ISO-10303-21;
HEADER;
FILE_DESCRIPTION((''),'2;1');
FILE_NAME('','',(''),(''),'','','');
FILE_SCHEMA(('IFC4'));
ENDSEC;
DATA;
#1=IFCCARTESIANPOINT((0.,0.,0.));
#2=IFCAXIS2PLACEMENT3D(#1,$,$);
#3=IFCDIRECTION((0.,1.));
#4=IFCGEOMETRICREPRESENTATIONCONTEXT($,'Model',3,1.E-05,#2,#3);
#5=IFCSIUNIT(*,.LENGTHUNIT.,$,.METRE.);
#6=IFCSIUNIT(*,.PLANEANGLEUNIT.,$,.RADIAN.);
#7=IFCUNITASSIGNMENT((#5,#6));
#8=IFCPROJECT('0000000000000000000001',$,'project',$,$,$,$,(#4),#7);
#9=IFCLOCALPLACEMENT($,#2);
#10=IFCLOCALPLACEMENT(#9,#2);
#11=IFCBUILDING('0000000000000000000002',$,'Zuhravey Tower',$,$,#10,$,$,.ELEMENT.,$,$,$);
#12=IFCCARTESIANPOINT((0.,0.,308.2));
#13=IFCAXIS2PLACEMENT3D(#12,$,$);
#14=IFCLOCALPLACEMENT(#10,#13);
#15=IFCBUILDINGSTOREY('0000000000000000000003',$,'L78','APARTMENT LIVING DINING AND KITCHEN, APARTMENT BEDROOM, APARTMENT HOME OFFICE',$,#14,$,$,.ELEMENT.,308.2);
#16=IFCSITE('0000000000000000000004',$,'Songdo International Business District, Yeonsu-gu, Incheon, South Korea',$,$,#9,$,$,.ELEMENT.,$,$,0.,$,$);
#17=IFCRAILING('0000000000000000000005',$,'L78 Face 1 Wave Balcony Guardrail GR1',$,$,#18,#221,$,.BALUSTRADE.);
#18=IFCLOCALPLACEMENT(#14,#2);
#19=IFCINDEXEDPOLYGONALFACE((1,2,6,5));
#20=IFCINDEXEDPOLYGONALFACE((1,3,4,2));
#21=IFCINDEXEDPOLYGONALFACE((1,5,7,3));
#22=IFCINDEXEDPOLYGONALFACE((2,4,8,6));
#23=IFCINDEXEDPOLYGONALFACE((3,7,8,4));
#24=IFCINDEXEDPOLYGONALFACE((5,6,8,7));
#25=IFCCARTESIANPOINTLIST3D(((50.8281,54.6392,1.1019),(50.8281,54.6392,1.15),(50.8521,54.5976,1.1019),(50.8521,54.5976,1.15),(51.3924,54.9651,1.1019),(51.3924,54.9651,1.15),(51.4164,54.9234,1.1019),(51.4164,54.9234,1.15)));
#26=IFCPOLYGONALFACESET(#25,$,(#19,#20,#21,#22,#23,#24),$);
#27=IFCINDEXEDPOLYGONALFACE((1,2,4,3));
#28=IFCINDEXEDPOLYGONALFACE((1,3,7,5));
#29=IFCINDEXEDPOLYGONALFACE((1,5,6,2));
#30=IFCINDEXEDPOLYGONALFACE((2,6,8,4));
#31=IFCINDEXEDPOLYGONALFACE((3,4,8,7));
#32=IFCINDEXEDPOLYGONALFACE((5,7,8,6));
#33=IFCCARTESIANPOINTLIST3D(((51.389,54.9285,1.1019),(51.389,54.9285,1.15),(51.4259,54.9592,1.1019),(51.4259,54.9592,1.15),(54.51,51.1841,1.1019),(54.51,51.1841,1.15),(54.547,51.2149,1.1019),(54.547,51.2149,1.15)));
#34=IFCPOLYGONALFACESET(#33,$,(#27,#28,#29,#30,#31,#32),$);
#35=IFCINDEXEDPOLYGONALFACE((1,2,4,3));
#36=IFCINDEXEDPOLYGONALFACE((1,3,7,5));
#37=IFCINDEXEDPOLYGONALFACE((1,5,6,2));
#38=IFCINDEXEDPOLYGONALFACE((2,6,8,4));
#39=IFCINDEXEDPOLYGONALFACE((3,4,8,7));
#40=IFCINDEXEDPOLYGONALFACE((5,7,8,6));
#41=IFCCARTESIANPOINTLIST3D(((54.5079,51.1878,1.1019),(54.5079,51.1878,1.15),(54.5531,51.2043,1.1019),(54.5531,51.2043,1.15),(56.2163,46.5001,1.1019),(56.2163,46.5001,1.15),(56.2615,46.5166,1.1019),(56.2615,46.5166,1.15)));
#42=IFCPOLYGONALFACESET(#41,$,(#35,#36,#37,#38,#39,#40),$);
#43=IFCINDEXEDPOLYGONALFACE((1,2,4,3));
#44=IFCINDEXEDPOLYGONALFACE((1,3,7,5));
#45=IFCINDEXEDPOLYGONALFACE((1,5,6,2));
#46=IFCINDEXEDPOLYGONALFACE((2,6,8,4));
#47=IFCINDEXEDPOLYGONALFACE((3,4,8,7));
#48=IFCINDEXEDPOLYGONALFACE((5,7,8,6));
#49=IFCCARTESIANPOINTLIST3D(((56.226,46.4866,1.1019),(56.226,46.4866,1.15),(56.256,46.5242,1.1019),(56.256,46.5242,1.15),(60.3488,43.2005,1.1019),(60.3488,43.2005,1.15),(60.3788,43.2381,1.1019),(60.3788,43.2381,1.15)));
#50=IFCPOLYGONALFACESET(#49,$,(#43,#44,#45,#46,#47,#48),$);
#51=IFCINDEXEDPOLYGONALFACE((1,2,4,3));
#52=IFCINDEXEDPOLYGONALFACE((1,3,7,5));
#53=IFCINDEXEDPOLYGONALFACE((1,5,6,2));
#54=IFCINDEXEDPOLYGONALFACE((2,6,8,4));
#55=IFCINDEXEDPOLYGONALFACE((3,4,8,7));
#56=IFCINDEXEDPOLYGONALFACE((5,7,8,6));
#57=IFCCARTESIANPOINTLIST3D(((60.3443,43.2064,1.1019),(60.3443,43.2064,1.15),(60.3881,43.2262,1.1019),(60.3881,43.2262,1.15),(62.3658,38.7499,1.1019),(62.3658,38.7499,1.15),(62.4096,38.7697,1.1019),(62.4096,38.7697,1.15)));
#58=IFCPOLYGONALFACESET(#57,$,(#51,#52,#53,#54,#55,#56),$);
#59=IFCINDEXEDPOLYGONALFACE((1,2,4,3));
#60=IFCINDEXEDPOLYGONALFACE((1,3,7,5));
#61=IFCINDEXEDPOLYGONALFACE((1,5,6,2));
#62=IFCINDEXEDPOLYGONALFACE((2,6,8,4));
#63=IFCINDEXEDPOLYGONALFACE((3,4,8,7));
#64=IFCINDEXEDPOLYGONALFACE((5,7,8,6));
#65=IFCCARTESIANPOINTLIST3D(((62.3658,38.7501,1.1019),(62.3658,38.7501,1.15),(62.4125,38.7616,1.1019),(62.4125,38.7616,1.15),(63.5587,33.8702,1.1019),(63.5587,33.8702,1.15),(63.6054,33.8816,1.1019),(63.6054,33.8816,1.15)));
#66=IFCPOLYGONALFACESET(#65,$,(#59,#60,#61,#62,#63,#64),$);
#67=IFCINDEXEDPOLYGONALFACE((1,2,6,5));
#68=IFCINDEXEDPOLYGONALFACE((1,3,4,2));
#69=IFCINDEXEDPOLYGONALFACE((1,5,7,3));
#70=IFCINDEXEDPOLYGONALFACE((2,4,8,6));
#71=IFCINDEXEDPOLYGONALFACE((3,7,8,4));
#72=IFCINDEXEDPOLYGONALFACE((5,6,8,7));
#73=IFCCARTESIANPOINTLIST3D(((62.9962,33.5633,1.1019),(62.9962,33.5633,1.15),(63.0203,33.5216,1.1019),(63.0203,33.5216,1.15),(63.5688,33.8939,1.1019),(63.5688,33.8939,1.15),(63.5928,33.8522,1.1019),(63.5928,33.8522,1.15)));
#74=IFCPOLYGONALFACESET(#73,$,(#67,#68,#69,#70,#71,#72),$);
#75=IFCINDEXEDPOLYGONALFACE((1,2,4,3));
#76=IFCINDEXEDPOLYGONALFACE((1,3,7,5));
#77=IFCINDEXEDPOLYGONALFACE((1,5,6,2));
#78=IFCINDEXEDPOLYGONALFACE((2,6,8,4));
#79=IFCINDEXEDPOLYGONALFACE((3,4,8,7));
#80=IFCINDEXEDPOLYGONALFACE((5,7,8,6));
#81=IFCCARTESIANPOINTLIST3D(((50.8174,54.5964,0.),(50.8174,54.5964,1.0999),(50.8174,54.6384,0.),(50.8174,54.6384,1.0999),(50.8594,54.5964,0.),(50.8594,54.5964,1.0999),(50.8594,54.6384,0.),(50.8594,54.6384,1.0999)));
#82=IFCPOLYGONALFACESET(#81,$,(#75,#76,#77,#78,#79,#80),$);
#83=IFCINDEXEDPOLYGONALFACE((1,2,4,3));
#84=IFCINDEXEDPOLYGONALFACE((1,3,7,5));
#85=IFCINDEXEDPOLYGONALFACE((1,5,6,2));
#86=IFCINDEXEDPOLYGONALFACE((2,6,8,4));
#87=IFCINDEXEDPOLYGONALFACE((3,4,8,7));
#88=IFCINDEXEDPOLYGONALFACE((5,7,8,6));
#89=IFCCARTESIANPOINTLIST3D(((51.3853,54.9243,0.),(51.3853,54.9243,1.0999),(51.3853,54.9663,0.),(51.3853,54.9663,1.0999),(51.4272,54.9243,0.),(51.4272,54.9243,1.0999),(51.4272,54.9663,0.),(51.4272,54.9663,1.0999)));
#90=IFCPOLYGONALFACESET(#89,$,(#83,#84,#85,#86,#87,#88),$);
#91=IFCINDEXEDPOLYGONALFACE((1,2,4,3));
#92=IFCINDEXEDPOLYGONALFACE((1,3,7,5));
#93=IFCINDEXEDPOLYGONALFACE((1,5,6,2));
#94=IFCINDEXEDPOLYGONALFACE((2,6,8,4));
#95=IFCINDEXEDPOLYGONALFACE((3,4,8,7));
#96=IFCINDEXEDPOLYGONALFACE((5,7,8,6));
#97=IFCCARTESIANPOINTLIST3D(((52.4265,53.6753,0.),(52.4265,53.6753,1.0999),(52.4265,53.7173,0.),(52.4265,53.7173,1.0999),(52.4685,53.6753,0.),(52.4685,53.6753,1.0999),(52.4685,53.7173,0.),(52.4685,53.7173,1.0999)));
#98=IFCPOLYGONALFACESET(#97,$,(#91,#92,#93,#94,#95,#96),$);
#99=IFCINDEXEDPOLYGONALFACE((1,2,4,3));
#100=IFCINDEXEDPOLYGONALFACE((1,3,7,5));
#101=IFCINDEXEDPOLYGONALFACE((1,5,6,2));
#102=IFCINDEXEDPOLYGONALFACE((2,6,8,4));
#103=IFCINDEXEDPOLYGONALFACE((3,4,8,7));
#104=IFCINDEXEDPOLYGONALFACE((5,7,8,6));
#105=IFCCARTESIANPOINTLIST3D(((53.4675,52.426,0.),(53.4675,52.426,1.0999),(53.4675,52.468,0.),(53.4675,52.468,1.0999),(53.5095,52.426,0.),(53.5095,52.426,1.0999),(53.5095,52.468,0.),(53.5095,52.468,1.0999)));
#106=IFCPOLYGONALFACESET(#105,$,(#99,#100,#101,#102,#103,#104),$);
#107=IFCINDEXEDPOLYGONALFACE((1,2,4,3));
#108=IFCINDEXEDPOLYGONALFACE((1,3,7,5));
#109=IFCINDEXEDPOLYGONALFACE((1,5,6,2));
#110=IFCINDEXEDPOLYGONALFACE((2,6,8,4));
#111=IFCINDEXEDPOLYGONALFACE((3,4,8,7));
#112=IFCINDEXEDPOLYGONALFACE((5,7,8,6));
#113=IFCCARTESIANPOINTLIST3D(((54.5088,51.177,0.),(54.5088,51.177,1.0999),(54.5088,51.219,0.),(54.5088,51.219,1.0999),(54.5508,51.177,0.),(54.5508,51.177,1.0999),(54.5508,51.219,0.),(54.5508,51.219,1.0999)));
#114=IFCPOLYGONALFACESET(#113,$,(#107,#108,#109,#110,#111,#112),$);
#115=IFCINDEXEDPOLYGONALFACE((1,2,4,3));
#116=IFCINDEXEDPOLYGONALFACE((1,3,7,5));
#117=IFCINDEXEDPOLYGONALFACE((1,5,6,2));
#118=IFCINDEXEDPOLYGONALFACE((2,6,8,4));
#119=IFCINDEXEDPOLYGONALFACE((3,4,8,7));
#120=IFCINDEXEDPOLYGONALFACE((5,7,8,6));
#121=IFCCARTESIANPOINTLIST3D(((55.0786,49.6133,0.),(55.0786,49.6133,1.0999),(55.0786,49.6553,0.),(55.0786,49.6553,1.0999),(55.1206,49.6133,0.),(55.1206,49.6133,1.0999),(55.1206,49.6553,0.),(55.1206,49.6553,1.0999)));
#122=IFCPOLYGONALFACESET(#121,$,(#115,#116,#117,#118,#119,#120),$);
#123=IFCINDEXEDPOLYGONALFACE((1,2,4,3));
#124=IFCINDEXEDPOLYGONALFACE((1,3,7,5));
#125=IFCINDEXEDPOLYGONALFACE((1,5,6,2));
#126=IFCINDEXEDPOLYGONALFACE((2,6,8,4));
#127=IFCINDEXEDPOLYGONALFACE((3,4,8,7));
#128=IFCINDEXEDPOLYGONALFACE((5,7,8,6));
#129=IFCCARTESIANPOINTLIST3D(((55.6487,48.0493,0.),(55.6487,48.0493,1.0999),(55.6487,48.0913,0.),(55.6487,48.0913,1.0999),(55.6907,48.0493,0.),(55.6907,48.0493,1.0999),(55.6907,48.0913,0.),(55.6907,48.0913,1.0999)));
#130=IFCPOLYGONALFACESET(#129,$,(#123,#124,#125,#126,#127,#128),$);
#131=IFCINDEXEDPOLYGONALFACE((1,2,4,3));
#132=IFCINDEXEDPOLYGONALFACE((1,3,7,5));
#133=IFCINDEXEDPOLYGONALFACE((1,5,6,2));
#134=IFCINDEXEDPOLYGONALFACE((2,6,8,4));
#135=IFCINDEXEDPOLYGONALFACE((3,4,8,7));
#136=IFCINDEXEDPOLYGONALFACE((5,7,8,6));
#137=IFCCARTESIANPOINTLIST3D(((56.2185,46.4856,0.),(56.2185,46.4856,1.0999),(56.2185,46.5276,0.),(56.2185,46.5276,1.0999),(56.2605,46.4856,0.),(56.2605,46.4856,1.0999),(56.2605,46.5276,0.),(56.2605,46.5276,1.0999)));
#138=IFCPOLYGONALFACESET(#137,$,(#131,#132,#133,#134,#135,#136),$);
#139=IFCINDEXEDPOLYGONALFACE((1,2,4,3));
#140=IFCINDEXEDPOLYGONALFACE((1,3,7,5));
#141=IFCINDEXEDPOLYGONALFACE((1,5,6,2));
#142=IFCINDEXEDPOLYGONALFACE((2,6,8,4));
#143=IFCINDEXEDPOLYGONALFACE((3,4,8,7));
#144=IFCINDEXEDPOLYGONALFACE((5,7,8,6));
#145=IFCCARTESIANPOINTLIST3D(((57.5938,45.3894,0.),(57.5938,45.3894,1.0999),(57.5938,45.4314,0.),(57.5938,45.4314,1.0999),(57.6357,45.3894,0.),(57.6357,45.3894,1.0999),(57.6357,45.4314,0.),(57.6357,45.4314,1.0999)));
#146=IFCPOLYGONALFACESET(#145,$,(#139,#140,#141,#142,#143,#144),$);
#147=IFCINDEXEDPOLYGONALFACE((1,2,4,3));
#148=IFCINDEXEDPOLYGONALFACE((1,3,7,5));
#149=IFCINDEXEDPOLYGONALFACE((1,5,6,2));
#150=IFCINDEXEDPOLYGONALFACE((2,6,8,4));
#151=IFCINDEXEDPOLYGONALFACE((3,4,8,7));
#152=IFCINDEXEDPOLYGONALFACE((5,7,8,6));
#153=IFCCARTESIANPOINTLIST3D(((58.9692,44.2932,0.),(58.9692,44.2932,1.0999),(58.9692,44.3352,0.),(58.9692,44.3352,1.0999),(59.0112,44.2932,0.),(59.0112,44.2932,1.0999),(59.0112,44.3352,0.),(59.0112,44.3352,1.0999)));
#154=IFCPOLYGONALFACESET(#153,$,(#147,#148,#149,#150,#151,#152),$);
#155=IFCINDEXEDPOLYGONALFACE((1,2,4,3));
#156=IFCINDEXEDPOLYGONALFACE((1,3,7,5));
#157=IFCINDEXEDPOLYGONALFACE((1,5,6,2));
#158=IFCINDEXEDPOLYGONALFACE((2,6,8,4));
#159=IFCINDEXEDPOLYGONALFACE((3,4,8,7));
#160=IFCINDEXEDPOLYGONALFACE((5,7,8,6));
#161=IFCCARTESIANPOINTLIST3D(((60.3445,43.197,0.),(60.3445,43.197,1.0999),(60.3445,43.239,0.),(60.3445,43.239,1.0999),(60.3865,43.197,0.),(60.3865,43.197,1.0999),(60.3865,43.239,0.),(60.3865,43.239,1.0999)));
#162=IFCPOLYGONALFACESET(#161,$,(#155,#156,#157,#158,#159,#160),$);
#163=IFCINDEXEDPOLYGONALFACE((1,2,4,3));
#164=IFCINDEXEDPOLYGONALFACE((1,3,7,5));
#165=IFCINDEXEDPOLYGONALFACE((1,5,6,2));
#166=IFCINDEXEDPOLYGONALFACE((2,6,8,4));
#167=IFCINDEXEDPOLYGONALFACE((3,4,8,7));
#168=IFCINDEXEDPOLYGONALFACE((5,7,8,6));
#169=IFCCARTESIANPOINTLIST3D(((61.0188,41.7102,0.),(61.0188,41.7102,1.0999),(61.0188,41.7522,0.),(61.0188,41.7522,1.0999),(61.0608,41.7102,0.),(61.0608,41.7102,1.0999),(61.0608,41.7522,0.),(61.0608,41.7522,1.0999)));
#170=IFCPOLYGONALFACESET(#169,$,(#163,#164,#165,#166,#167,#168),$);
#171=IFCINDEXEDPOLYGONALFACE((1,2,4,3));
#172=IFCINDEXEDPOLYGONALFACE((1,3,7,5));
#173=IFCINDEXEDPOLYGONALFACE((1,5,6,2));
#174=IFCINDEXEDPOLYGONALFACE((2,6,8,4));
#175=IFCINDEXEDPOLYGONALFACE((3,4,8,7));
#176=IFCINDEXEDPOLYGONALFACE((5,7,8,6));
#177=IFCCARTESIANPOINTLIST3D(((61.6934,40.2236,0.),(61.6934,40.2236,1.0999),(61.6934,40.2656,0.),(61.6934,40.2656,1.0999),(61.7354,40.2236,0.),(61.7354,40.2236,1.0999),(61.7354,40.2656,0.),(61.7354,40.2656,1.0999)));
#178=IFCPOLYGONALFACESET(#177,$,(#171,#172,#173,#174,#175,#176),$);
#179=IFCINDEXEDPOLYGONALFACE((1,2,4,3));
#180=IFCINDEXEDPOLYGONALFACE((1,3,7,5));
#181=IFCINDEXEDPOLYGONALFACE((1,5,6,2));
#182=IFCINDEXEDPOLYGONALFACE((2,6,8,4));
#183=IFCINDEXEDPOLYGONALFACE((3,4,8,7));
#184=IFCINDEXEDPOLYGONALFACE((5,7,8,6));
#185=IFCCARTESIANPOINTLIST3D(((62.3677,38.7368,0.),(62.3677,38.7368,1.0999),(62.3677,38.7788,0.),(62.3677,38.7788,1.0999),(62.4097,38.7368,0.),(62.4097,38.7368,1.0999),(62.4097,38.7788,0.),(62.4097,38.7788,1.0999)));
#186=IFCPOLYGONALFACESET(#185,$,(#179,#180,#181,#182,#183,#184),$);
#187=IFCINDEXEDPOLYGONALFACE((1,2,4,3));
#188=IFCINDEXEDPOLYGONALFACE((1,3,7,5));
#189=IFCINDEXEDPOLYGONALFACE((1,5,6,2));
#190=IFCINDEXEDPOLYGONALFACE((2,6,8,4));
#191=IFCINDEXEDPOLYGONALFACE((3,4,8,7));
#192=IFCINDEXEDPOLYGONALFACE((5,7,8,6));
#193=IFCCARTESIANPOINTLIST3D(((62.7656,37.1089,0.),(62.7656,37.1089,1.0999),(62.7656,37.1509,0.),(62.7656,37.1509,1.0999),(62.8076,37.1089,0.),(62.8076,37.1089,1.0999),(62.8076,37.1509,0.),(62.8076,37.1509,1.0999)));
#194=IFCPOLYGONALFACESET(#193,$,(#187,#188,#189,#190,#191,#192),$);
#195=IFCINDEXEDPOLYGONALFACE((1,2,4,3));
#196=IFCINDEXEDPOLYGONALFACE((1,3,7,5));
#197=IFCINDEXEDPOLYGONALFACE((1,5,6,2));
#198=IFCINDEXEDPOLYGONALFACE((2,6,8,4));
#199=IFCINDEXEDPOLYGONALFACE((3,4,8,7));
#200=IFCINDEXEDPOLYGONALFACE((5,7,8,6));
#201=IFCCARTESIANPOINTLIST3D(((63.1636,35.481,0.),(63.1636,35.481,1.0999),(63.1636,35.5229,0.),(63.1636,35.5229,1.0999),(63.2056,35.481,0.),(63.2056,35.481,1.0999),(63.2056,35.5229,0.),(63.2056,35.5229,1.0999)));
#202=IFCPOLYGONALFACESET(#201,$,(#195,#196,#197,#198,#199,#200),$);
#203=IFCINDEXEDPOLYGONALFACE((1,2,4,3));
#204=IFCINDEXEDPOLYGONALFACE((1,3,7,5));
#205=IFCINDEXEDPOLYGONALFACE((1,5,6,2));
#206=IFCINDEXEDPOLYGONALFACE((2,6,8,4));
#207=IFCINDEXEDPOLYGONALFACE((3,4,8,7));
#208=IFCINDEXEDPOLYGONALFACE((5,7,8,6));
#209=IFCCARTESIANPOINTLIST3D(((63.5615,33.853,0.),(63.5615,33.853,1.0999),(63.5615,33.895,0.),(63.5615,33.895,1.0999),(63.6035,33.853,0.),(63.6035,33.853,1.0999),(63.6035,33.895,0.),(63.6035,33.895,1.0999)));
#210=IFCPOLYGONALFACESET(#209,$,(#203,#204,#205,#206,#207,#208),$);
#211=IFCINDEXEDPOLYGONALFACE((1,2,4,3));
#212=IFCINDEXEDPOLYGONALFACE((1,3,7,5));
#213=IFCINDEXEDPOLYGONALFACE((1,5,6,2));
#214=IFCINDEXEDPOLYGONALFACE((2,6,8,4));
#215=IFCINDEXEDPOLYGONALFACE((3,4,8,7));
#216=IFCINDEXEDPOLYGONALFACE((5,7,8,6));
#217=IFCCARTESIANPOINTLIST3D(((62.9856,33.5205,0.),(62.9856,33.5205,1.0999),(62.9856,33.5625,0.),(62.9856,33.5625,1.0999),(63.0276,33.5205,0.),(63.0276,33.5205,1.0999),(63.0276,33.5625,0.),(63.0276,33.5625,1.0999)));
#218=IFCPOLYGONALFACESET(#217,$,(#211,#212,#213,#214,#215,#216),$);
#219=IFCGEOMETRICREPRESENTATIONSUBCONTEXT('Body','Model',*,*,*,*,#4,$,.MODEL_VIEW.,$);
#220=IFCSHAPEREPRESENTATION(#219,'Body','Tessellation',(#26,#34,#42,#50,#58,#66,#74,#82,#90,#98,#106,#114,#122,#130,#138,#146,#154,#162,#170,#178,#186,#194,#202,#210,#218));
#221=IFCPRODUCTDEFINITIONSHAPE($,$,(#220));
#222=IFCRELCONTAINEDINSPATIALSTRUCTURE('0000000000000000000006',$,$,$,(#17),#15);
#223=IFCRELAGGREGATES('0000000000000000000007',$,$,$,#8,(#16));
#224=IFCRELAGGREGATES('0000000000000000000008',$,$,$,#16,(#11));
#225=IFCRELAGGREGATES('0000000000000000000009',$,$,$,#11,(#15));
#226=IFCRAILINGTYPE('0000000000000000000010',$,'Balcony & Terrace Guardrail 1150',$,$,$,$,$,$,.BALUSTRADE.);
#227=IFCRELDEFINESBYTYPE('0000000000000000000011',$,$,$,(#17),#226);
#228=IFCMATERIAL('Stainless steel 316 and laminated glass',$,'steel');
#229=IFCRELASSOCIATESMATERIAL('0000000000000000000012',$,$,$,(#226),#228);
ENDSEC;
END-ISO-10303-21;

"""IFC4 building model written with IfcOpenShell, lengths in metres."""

from ifc_helpers import new_model, si_unit, direction, frame, origin, origin_2d, place, context, subcontext, project, spatial, rectangle, extrude, material, type_object, element, save


model = new_model("IFC4")

# Units and contexts
model_context = context("Model", 3, precision=1e-05, world=origin(), true_north=direction((0.0, 1.0)))
body_context = subcontext(model_context, "Body", "Model", "MODEL_VIEW")
ifc_project = project(units=[si_unit("LENGTHUNIT", "METRE"), si_unit("PLANEANGLEUNIT", "RADIAN")], contexts=[model_context])

# Site, building, storey
site_placement = place(None, origin())
site = spatial("IfcSite", under=ifc_project, at=site_placement, Name="Songdo International Business District, Yeonsu-gu, Incheon, South Korea", CompositionType="ELEMENT", RefElevation=0.0)
building_placement = place(site_placement, origin())
building = spatial("IfcBuilding", under=site, at=building_placement, Name="Zuhravey Tower", CompositionType="ELEMENT")
storey_placement = place(building_placement, frame((0.0, 0.0, 308.2)))
storey = spatial("IfcBuildingStorey", under=building, at=storey_placement, Name="L78", Description="APARTMENT LIVING DINING AND KITCHEN, APARTMENT BEDROOM, APARTMENT HOME OFFICE", CompositionType="ELEMENT", Elevation=308.2)

# Railing
ifc_material_1 = material(Name="Stainless steel 316 and laminated glass", Category="steel")
railing_type = type_object("IfcRailingType", Name="Balcony & Terrace Guardrail 1150", PredefinedType="BALUSTRADE", material=ifc_material_1)
railing_placement = place(storey_placement, frame((50.8384, 54.6174, 0.0)))
element("IfcRailing", 1, at=railing_placement, inside=storey, type_object=railing_type, Name="L78 Face 1 Wave Balcony Guardrail GR1", PredefinedType="BALUSTRADE", context=body_context, shape_type="SweptSolid", body=[
    extrude(rectangle(XDim=0.0481, YDim=0.0481, at=origin_2d()), frame((0.0017, 0.001, 1.126), z_axis=(0.866012, 0.500023, 0.0), x_axis=(-0.500023, 0.866012, 0.0)), (0.0, 0.0, 1.0), 0.6516),
    extrude(rectangle(XDim=0.0481, YDim=0.0481, at=origin_2d()), frame((0.5691, 0.3264, 1.126), z_axis=(0.640278, -0.768143, 0.0), x_axis=(0.768143, 0.640278, 0.0)), (0.0, 0.0, 1.0), 4.8745),
    extrude(rectangle(XDim=0.0481, YDim=0.0481, at=origin_2d()), frame((3.6921, -3.4214, 1.126), z_axis=(0.342406, -0.939552, 0.0), x_axis=(0.939552, 0.342406, 0.0)), (0.0, 0.0, 1.0), 4.9893),
    extrude(rectangle(XDim=0.0481, YDim=0.0481, at=origin_2d()), frame((5.4026, -8.1121, 1.126), z_axis=(0.781996, -0.623283, 0.0), x_axis=(0.623283, 0.781996, 0.0)), (0.0, 0.0, 1.0), 5.2722),
    extrude(rectangle(XDim=0.0481, YDim=0.0481, at=origin_2d()), frame((9.5278, -11.4011, 1.126), z_axis=(0.413097, -0.910687, 0.0), x_axis=(0.910687, 0.413097, 0.0)), (0.0, 0.0, 1.0), 4.8936),
    extrude(rectangle(XDim=0.0481, YDim=0.0481, at=origin_2d()), frame((11.5508, -15.8616, 1.126), z_axis=(0.237459, -0.971398, 0.0), x_axis=(0.971398, 0.237459, 0.0)), (0.0, 0.0, 1.0), 5.0237),
    extrude(rectangle(XDim=0.0481, YDim=0.0481, at=origin_2d()), frame((12.7424, -20.7444, 1.126), z_axis=(-0.866021, -0.500008, 0.0), x_axis=(0.500008, -0.866021, 0.0)), (0.0, 0.0, 1.0), 0.6611),
    extrude(rectangle(XDim=0.042, YDim=0.042, at=origin_2d()), origin(), (0.0, 0.0, 1.0), 1.0999),
    extrude(rectangle(XDim=0.042, YDim=0.042, at=origin_2d()), frame((0.5679, 0.3279, 0.0)), (0.0, 0.0, 1.0), 1.0999),
    extrude(rectangle(XDim=0.042, YDim=0.042, at=origin_2d()), frame((1.6091, -0.9211, 0.0)), (0.0, 0.0, 1.0), 1.0999),
    extrude(rectangle(XDim=0.042, YDim=0.042, at=origin_2d()), frame((2.6501, -2.1704, 0.0)), (0.0, 0.0, 1.0), 1.0999),
    extrude(rectangle(XDim=0.042, YDim=0.042, at=origin_2d()), frame((3.6914, -3.4194, 0.0)), (0.0, 0.0, 1.0), 1.0999),
    extrude(rectangle(XDim=0.042, YDim=0.042, at=origin_2d()), frame((4.2612, -4.9832, 0.0)), (0.0, 0.0, 1.0), 1.0999),
    extrude(rectangle(XDim=0.042, YDim=0.042, at=origin_2d()), frame((4.8313, -6.5471, 0.0)), (0.0, 0.0, 1.0), 1.0999),
    extrude(rectangle(XDim=0.042, YDim=0.042, at=origin_2d()), frame((5.4011, -8.1108, 0.0)), (0.0, 0.0, 1.0), 1.0999),
    extrude(rectangle(XDim=0.042, YDim=0.042, at=origin_2d()), frame((6.7764, -9.207, 0.0)), (0.0, 0.0, 1.0), 1.0999),
    extrude(rectangle(XDim=0.042, YDim=0.042, at=origin_2d()), frame((8.1519, -10.3032, 0.0)), (0.0, 0.0, 1.0), 1.0999),
    extrude(rectangle(XDim=0.042, YDim=0.042, at=origin_2d()), frame((9.5271, -11.3994, 0.0)), (0.0, 0.0, 1.0), 1.0999),
    extrude(rectangle(XDim=0.042, YDim=0.042, at=origin_2d()), frame((10.2014, -12.8862, 0.0)), (0.0, 0.0, 1.0), 1.0999),
    extrude(rectangle(XDim=0.042, YDim=0.042, at=origin_2d()), frame((10.876, -14.3728, 0.0)), (0.0, 0.0, 1.0), 1.0999),
    extrude(rectangle(XDim=0.042, YDim=0.042, at=origin_2d()), frame((11.5503, -15.8596, 0.0)), (0.0, 0.0, 1.0), 1.0999),
    extrude(rectangle(XDim=0.042, YDim=0.042, at=origin_2d()), frame((11.9482, -17.4875, 0.0)), (0.0, 0.0, 1.0), 1.0999),
    extrude(rectangle(XDim=0.042, YDim=0.042, at=origin_2d()), frame((12.3462, -19.1155, 0.0)), (0.0, 0.0, 1.0), 1.0999),
    extrude(rectangle(XDim=0.042, YDim=0.042, at=origin_2d()), frame((12.7441, -20.7434, 0.0)), (0.0, 0.0, 1.0), 1.0999),
    extrude(rectangle(XDim=0.042, YDim=0.042, at=origin_2d()), frame((12.1682, -21.0759, 0.0)), (0.0, 0.0, 1.0), 1.0999),
])

save(model, "model.ifc")
